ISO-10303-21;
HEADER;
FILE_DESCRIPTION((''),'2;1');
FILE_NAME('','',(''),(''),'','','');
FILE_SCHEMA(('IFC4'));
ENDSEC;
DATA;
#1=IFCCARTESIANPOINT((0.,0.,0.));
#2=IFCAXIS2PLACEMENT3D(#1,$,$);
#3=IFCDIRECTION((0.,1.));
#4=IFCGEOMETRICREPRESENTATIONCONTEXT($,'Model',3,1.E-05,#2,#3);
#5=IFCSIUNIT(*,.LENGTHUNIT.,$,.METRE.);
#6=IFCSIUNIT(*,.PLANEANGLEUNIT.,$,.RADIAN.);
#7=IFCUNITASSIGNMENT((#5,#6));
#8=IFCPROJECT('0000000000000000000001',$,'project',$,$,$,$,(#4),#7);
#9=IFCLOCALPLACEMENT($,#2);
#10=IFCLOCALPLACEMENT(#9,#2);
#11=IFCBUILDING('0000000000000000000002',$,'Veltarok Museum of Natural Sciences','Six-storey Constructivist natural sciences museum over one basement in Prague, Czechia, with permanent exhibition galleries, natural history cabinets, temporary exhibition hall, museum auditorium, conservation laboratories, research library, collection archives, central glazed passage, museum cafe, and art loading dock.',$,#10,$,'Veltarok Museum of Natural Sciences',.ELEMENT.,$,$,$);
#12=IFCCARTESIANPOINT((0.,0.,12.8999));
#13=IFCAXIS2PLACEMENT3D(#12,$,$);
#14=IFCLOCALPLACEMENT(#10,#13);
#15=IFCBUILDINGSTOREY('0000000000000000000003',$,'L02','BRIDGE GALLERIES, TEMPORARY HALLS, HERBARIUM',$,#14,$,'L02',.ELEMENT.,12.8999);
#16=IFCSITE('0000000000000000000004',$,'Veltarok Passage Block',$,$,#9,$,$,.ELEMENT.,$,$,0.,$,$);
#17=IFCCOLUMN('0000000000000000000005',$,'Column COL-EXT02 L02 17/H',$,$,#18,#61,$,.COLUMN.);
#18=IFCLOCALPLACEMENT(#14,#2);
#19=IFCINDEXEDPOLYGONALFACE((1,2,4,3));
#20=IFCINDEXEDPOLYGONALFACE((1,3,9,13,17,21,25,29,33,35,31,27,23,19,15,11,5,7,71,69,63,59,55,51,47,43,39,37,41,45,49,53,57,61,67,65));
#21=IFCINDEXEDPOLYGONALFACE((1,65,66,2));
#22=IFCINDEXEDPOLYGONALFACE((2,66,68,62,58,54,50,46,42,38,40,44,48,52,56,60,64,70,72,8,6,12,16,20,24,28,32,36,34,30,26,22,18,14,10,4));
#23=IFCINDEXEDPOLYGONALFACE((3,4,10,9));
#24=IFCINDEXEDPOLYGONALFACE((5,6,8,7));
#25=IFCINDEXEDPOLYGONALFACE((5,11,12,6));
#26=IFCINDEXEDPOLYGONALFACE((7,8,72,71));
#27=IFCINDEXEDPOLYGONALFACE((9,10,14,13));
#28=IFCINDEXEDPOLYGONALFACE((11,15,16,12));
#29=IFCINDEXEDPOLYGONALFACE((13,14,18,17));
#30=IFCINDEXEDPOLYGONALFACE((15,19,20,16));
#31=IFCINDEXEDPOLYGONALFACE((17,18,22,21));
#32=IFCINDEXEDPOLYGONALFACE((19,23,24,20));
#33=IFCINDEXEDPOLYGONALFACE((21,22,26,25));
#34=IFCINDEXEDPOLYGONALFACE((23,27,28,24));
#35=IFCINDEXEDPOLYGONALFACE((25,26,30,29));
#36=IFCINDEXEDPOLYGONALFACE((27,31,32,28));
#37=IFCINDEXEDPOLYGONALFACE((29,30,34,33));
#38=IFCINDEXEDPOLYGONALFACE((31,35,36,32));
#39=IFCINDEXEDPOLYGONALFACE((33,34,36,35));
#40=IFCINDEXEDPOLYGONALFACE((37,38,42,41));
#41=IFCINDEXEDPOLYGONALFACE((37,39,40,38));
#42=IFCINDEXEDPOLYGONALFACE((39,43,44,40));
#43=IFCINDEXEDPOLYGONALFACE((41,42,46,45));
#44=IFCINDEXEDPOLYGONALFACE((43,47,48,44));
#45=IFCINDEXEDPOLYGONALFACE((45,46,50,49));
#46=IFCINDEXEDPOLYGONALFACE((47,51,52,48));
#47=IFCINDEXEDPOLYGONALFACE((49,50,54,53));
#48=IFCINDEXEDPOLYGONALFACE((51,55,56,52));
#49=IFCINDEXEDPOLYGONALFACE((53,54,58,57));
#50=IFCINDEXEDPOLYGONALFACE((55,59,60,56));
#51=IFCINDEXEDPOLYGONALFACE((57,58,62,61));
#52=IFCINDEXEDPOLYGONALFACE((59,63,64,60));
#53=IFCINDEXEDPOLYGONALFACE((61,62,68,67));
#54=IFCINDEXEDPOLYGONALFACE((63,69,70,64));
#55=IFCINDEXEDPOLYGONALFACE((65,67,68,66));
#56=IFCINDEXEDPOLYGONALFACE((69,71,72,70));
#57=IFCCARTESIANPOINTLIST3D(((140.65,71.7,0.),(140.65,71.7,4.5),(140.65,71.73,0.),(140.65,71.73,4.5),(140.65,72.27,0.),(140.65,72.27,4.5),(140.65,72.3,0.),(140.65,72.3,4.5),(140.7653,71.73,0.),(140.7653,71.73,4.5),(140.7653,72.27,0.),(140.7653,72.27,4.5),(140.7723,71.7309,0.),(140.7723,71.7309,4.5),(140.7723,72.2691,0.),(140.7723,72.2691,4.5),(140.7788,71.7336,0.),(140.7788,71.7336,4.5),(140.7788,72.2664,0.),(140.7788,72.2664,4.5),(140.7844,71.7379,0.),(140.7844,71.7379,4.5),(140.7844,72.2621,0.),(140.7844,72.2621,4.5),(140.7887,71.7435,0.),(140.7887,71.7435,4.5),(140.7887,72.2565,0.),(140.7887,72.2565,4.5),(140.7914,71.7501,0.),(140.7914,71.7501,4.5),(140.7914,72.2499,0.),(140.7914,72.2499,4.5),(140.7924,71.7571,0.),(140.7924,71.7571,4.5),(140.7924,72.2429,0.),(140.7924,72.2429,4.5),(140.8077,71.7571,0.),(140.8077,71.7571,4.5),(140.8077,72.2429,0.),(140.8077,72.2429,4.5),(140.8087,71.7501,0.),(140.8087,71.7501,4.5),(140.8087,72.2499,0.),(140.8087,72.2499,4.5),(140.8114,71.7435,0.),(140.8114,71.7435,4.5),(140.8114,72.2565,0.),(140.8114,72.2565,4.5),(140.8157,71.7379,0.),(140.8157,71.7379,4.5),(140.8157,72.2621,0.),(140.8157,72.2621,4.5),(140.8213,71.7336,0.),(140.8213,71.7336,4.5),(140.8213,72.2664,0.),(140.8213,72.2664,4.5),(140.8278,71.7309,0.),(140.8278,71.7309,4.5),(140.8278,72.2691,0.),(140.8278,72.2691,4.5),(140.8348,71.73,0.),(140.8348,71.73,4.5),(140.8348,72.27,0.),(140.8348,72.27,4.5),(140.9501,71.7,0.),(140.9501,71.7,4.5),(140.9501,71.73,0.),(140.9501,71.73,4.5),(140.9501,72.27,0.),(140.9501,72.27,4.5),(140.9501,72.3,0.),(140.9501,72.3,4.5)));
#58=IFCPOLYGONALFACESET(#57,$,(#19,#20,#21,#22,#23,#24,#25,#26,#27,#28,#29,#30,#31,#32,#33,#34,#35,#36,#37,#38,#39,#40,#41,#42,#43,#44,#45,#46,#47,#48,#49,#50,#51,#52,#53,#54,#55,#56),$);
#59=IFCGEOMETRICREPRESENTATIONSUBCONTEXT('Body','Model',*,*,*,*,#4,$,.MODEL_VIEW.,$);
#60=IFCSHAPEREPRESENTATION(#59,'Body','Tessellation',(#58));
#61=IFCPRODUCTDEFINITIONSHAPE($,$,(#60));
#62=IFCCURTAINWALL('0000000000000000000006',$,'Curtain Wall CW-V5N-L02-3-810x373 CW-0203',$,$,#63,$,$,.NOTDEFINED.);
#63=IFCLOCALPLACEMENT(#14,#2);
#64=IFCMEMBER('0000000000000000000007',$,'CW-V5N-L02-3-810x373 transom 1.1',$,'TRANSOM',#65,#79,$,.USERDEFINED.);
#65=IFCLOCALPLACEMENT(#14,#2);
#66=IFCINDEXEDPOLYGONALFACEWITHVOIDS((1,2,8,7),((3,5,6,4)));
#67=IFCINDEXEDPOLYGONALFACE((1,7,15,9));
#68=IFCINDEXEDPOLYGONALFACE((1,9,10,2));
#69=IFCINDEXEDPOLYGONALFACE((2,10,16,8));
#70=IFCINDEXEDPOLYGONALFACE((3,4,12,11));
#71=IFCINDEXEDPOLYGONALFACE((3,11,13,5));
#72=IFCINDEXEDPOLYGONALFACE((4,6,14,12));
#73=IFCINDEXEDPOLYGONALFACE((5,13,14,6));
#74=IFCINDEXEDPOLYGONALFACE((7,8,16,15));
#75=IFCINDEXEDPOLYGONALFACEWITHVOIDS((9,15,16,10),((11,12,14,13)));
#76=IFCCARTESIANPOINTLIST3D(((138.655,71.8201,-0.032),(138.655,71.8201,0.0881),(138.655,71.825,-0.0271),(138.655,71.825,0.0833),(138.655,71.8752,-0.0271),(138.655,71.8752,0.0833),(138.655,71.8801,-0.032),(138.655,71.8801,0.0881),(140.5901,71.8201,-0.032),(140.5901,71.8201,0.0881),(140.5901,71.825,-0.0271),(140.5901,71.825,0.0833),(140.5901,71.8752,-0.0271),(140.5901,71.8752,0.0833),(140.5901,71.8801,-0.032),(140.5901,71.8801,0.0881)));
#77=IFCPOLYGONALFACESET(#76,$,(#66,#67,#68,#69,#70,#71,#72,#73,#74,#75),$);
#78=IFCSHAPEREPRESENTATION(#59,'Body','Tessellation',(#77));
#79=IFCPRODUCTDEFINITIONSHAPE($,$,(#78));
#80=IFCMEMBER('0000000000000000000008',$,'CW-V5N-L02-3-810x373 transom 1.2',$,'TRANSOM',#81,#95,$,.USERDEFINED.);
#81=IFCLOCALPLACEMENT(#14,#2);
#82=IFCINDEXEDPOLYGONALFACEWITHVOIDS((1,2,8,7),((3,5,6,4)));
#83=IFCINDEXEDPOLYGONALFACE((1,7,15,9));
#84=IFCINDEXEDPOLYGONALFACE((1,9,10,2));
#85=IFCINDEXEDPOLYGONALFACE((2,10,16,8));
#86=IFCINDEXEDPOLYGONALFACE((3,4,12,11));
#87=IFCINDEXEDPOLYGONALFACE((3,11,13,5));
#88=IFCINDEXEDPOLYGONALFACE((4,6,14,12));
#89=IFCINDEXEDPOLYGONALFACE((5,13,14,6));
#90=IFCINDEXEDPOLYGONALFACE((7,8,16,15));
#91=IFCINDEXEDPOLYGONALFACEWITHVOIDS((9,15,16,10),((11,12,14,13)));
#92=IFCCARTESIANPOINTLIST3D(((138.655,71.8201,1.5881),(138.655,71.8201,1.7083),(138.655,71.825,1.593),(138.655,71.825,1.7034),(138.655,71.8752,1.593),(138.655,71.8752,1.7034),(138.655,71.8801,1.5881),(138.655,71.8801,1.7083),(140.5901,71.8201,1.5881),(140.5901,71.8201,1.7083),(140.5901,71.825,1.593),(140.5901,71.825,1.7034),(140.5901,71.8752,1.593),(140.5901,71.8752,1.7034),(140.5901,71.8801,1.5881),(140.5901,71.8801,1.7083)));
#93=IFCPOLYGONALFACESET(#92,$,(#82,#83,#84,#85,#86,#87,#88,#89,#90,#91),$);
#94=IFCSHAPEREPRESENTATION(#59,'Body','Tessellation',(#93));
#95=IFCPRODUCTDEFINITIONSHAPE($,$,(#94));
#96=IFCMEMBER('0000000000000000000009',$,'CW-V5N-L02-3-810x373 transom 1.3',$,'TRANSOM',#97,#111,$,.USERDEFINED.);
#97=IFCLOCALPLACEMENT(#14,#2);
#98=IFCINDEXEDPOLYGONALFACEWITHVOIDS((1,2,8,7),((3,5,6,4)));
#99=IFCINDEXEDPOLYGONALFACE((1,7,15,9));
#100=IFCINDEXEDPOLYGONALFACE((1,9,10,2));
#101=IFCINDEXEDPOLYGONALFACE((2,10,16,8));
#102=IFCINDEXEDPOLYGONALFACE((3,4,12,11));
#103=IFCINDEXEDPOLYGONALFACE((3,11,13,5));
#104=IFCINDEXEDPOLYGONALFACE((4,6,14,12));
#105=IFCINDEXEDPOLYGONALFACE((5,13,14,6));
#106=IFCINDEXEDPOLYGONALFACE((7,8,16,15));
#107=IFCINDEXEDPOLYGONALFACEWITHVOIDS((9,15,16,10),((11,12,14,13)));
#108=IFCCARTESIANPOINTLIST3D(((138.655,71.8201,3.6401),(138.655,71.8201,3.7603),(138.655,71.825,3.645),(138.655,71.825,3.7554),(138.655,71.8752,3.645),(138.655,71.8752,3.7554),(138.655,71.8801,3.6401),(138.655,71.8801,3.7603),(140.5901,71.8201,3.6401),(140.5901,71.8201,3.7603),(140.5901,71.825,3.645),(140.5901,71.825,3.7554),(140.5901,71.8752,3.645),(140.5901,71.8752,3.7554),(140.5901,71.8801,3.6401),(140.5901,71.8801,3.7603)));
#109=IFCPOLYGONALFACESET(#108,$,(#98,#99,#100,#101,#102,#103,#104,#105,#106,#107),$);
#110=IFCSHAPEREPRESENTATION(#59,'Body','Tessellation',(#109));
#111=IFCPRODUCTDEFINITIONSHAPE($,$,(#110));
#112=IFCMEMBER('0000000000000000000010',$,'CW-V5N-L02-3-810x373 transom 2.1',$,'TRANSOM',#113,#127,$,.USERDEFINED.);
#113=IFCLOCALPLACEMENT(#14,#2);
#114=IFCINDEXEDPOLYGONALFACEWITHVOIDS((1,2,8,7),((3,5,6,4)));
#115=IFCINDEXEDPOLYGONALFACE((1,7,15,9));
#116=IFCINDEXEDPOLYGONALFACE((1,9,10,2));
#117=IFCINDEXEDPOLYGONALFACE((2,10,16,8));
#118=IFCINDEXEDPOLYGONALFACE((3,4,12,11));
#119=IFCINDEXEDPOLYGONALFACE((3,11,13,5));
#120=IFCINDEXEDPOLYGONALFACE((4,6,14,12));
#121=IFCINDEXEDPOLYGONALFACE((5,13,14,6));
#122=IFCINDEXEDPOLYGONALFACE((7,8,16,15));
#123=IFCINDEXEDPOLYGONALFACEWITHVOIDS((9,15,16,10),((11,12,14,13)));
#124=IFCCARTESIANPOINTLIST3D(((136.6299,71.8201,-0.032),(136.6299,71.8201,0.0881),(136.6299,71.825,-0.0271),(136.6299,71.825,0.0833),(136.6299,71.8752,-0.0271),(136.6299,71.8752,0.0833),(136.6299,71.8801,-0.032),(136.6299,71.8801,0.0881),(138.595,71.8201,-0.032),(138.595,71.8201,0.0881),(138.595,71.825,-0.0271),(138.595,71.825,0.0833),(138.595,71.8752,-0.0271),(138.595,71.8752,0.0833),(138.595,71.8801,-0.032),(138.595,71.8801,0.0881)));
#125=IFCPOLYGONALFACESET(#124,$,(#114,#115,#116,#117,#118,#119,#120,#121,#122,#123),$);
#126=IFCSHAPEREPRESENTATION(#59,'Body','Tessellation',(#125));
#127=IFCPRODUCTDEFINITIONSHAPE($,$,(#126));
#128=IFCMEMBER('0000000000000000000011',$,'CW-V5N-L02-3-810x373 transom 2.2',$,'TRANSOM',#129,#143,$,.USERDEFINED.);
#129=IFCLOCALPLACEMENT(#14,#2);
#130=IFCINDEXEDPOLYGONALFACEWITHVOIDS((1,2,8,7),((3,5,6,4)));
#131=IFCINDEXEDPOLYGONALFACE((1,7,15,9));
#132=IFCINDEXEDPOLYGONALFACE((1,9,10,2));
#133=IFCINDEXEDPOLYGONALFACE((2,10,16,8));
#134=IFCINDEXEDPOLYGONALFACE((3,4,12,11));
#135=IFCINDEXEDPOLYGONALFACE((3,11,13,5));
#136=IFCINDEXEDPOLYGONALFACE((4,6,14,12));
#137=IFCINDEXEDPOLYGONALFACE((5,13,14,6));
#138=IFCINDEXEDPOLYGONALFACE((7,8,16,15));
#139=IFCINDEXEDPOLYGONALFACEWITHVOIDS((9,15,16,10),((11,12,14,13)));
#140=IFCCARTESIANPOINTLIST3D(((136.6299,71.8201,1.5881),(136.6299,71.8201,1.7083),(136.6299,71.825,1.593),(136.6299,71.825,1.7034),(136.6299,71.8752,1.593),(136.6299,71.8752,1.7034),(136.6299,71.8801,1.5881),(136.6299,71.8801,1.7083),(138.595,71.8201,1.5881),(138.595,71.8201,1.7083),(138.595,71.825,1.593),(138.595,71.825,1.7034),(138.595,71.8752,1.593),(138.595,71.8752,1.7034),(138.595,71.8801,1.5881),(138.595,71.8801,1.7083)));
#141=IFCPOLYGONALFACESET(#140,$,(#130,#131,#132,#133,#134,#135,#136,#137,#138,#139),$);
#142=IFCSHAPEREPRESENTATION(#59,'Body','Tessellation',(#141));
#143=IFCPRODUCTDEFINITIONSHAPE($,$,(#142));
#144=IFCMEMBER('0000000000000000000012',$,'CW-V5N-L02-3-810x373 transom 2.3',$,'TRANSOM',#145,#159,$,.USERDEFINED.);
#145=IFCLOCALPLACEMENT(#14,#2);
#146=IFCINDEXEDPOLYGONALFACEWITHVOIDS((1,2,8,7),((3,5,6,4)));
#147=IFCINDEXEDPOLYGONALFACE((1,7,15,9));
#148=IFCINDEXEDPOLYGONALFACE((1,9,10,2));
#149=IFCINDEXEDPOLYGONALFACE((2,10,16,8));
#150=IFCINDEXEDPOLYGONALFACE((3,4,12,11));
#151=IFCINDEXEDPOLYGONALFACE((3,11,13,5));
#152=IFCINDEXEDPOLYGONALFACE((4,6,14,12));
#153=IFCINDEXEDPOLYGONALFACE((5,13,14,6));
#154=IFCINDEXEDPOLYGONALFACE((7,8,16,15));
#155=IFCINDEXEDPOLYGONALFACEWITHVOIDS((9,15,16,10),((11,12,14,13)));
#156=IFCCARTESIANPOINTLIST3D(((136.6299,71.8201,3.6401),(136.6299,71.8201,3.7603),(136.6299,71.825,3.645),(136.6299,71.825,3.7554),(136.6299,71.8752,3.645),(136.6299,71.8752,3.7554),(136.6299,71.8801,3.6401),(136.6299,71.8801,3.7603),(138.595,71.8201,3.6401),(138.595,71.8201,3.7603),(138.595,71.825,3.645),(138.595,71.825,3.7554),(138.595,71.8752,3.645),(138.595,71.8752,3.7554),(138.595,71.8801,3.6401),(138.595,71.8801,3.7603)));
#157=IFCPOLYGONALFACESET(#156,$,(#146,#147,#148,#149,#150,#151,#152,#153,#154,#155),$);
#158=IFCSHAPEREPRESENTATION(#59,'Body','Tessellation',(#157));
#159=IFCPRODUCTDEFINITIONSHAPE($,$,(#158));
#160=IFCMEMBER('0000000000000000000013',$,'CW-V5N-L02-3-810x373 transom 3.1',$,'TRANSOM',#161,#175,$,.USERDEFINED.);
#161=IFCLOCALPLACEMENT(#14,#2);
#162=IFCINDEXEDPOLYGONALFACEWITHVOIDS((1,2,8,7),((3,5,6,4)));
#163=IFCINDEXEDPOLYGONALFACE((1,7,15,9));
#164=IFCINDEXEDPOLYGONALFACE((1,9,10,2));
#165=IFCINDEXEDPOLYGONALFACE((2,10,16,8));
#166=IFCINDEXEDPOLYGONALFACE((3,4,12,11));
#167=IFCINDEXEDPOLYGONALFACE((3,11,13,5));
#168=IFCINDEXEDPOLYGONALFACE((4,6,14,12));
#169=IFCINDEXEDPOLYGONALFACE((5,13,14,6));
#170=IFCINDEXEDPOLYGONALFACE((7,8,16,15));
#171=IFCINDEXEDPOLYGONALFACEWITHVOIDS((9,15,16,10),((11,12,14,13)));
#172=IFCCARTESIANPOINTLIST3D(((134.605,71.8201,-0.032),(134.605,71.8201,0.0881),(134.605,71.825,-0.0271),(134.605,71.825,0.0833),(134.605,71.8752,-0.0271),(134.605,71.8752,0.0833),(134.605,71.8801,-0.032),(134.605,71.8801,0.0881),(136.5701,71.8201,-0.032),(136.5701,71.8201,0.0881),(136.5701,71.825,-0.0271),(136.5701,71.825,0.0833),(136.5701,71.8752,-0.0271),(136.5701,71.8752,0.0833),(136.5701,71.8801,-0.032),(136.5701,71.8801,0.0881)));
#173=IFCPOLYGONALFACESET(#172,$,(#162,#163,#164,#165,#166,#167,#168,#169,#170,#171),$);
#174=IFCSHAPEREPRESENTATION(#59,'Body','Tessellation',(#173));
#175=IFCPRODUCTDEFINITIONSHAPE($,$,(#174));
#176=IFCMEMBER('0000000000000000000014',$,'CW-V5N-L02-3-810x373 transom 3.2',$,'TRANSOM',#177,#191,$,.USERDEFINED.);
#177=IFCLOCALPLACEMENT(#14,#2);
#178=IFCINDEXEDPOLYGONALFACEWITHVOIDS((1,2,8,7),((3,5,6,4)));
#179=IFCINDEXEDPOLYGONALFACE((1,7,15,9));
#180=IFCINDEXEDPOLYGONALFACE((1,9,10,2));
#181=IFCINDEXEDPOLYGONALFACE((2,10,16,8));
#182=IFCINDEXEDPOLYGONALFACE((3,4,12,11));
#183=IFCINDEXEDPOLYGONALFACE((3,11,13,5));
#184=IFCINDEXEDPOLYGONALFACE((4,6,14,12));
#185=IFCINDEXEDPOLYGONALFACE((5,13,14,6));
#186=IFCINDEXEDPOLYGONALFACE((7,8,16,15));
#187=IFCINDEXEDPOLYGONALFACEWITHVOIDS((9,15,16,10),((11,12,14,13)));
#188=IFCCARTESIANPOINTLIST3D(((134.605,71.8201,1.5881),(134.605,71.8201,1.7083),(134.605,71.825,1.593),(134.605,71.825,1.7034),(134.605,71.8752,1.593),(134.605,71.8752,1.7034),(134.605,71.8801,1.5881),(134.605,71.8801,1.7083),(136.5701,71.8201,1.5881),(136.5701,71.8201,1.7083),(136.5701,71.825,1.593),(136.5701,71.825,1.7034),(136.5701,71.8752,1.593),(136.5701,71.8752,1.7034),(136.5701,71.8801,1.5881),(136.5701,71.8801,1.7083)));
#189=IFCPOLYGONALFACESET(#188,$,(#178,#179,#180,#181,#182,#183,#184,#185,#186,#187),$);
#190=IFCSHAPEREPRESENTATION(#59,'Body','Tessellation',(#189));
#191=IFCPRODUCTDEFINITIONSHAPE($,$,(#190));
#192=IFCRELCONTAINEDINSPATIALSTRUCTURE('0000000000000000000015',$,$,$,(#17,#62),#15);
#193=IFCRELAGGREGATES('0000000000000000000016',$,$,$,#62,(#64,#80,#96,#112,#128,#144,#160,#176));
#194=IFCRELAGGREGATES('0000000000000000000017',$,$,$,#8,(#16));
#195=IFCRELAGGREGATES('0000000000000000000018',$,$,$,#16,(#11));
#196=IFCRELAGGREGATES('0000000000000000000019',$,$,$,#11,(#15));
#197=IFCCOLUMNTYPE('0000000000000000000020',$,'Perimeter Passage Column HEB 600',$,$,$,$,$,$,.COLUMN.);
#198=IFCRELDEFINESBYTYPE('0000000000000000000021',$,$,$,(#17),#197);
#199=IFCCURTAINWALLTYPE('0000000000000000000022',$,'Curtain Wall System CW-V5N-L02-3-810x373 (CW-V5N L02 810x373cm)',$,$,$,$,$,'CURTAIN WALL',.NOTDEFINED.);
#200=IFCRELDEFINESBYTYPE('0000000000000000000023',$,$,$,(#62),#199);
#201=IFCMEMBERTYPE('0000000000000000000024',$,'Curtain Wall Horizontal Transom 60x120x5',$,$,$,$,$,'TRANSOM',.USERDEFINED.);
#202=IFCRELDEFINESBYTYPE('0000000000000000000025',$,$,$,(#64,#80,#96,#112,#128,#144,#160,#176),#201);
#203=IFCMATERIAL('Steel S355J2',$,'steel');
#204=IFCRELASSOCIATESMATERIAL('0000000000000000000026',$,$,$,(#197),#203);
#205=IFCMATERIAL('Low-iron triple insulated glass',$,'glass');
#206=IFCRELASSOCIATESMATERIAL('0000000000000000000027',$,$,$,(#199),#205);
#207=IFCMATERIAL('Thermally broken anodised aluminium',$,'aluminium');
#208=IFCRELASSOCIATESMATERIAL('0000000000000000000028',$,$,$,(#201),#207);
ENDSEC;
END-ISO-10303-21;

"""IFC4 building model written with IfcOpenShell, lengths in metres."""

from ifc_helpers import new_model, si_unit, direction, frame, origin, origin_2d, place, context, subcontext, project, spatial, hollow_rectangle, i_section, extrude, material, material_profile, profile_set, type_object, element, aggregate, save


model = new_model("IFC4")

# Units and contexts
model_context = context("Model", 3, precision=1e-05, world=origin(), true_north=direction((0.0, 1.0)))
body_context = subcontext(model_context, "Body", "Model", "MODEL_VIEW")
ifc_project = project(units=[si_unit("LENGTHUNIT", "METRE"), si_unit("PLANEANGLEUNIT", "RADIAN")], contexts=[model_context])

# Site, building, storey
site_placement = place(None, origin())
site = spatial("IfcSite", under=ifc_project, at=site_placement, Name="Veltarok Passage Block", CompositionType="ELEMENT", RefElevation=0.0)
building_placement = place(site_placement, origin())
building = spatial("IfcBuilding", under=site, at=building_placement, Name="Veltarok Museum of Natural Sciences", Description="Six-storey Constructivist natural sciences museum over one basement in Prague, Czechia, with permanent exhibition galleries, natural history cabinets, temporary exhibition hall, museum auditorium, conservation laboratories, research library, collection archives, central glazed passage, museum cafe, and art loading dock.", LongName="Veltarok Museum of Natural Sciences", CompositionType="ELEMENT")
storey_placement = place(building_placement, frame((0.0, 0.0, 12.8999)))
storey = spatial("IfcBuildingStorey", under=building, at=storey_placement, Name="L02", Description="BRIDGE GALLERIES, TEMPORARY HALLS, HERBARIUM", LongName="L02", CompositionType="ELEMENT", Elevation=12.8999)

# Column
ifc_material_1 = material(Name="Steel S355J2", Category="steel")
ifc_material_profile_1 = material_profile(ifc_material_1, i_section(OverallWidth=0.3, OverallDepth=0.6001, WebThickness=0.0154, FlangeThickness=0.03, FilletRadius=0.0271, at=origin_2d()), Name="HEB 600")
ifc_profile_set_1 = profile_set([ifc_material_profile_1], Name="Steel S355J2")
column_type = type_object("IfcColumnType", Name="Perimeter Passage Column HEB 600", PredefinedType="COLUMN", material=ifc_profile_set_1)
column_placement = place(storey_placement, frame((140.8, 72.0, 0.0), z_axis=(0.0, 0.0, 1.0), x_axis=(1.0, 0.0, 0.0)))
element("IfcColumn", 1, at=column_placement, inside=storey, type_object=column_type, Name="Column COL-EXT02 L02 17/H", PredefinedType="COLUMN", context=body_context, shape_type="SweptSolid", body=[
    extrude(i_section(OverallWidth=0.3, OverallDepth=0.6001, WebThickness=0.0154, FlangeThickness=0.03, FilletRadius=0.0271, at=origin_2d()), origin(), (0.0, 0.0, 1.0), 4.5),
])

# Curtain wall, members
ifc_material_2 = material(Name="Low-iron triple insulated glass", Category="glass")
curtain_wall_type_1 = type_object("IfcCurtainWallType", Name="Curtain Wall System CW-V5N-L02-3-810x373 (CW-V5N L02 810x373cm)", ElementType="CURTAIN WALL", PredefinedType="NOTDEFINED", material=ifc_material_2)
curtain_wall_1_placement = place(storey_placement, origin())
curtain_wall_1 = element("IfcCurtainWall", 2, at=curtain_wall_1_placement, inside=storey, type_object=curtain_wall_type_1, Name="Curtain Wall CW-V5N-L02-3-810x373 CW-0203", PredefinedType="NOTDEFINED")
ifc_material_3 = material(Name="Thermally broken anodised aluminium", Category="aluminium")
ifc_material_profile_2 = material_profile(ifc_material_3, hollow_rectangle(XDim=0.0601, YDim=0.1201, WallThickness=0.0049, at=origin_2d()), Name="CW TRANSOM 60x120x5")
ifc_profile_set_2 = profile_set([ifc_material_profile_2], Name="Thermally broken anodised aluminium")
member_type_1 = type_object("IfcMemberType", Name="Curtain Wall Horizontal Transom 60x120x5", ElementType="TRANSOM", PredefinedType="USERDEFINED", material=ifc_profile_set_2)
member_1_placement = place(storey_placement, frame((140.5901, 71.8501, 0.0281), z_axis=(-1.0, 0.0, 0.0), x_axis=(0.0, -1.0, 0.0)))
member_1 = element("IfcMember", 3, at=member_1_placement, type_object=member_type_1, Name="CW-V5N-L02-3-810x373 transom 1.1", ObjectType="TRANSOM", PredefinedType="USERDEFINED", context=body_context, shape_type="SweptSolid", body=[
    extrude(hollow_rectangle(XDim=0.0601, YDim=0.1201, WallThickness=0.0049, at=origin_2d()), origin(), (0.0, 0.0, 1.0), 1.9351),
])
member_2_placement = place(storey_placement, frame((140.5901, 71.8501, 1.6482), z_axis=(-1.0, 0.0, 0.0), x_axis=(0.0, -1.0, 0.0)))
member_2 = element("IfcMember", 4, at=member_2_placement, type_object=member_type_1, Name="CW-V5N-L02-3-810x373 transom 1.2", ObjectType="TRANSOM", PredefinedType="USERDEFINED", context=body_context, shape_type="SweptSolid", body=[
    extrude(hollow_rectangle(XDim=0.0601, YDim=0.1201, WallThickness=0.0049, at=origin_2d()), origin(), (0.0, 0.0, 1.0), 1.9351),
])
member_3_placement = place(storey_placement, frame((140.5901, 71.8501, 3.7002), z_axis=(-1.0, 0.0, 0.0), x_axis=(0.0, -1.0, 0.0)))
member_3 = element("IfcMember", 5, at=member_3_placement, type_object=member_type_1, Name="CW-V5N-L02-3-810x373 transom 1.3", ObjectType="TRANSOM", PredefinedType="USERDEFINED", context=body_context, shape_type="SweptSolid", body=[
    extrude(hollow_rectangle(XDim=0.0601, YDim=0.1201, WallThickness=0.0049, at=origin_2d()), origin(), (0.0, 0.0, 1.0), 1.9351),
])
member_4_placement = place(storey_placement, frame((138.595, 71.8501, 0.0281), z_axis=(-1.0, 0.0, 0.0), x_axis=(0.0, -1.0, 0.0)))
member_4 = element("IfcMember", 6, at=member_4_placement, type_object=member_type_1, Name="CW-V5N-L02-3-810x373 transom 2.1", ObjectType="TRANSOM", PredefinedType="USERDEFINED", context=body_context, shape_type="SweptSolid", body=[
    extrude(hollow_rectangle(XDim=0.0601, YDim=0.1201, WallThickness=0.0049, at=origin_2d()), origin(), (0.0, 0.0, 1.0), 1.9651),
])
member_5_placement = place(storey_placement, frame((138.595, 71.8501, 1.6482), z_axis=(-1.0, 0.0, 0.0), x_axis=(0.0, -1.0, 0.0)))
member_5 = element("IfcMember", 7, at=member_5_placement, type_object=member_type_1, Name="CW-V5N-L02-3-810x373 transom 2.2", ObjectType="TRANSOM", PredefinedType="USERDEFINED", context=body_context, shape_type="SweptSolid", body=[
    extrude(hollow_rectangle(XDim=0.0601, YDim=0.1201, WallThickness=0.0049, at=origin_2d()), origin(), (0.0, 0.0, 1.0), 1.9651),
])
member_6_placement = place(storey_placement, frame((138.595, 71.8501, 3.7002), z_axis=(-1.0, 0.0, 0.0), x_axis=(0.0, -1.0, 0.0)))
member_6 = element("IfcMember", 8, at=member_6_placement, type_object=member_type_1, Name="CW-V5N-L02-3-810x373 transom 2.3", ObjectType="TRANSOM", PredefinedType="USERDEFINED", context=body_context, shape_type="SweptSolid", body=[
    extrude(hollow_rectangle(XDim=0.0601, YDim=0.1201, WallThickness=0.0049, at=origin_2d()), origin(), (0.0, 0.0, 1.0), 1.9651),
])
member_7_placement = place(storey_placement, frame((136.5701, 71.8501, 0.0281), z_axis=(-1.0, 0.0, 0.0), x_axis=(0.0, -1.0, 0.0)))
member_7 = element("IfcMember", 9, at=member_7_placement, type_object=member_type_1, Name="CW-V5N-L02-3-810x373 transom 3.1", ObjectType="TRANSOM", PredefinedType="USERDEFINED", context=body_context, shape_type="SweptSolid", body=[
    extrude(hollow_rectangle(XDim=0.0601, YDim=0.1201, WallThickness=0.0049, at=origin_2d()), origin(), (0.0, 0.0, 1.0), 1.9651),
])
member_8_placement = place(storey_placement, frame((136.5701, 71.8501, 1.6482), z_axis=(-1.0, 0.0, 0.0), x_axis=(0.0, -1.0, 0.0)))
member_8 = element("IfcMember", 10, at=member_8_placement, type_object=member_type_1, Name="CW-V5N-L02-3-810x373 transom 3.2", ObjectType="TRANSOM", PredefinedType="USERDEFINED", context=body_context, shape_type="SweptSolid", body=[
    extrude(hollow_rectangle(XDim=0.0601, YDim=0.1201, WallThickness=0.0049, at=origin_2d()), origin(), (0.0, 0.0, 1.0), 1.9651),
])

aggregate(curtain_wall_1, [member_1, member_2, member_3, member_4, member_5, member_6, member_7, member_8])

save(model, "model.ifc")
